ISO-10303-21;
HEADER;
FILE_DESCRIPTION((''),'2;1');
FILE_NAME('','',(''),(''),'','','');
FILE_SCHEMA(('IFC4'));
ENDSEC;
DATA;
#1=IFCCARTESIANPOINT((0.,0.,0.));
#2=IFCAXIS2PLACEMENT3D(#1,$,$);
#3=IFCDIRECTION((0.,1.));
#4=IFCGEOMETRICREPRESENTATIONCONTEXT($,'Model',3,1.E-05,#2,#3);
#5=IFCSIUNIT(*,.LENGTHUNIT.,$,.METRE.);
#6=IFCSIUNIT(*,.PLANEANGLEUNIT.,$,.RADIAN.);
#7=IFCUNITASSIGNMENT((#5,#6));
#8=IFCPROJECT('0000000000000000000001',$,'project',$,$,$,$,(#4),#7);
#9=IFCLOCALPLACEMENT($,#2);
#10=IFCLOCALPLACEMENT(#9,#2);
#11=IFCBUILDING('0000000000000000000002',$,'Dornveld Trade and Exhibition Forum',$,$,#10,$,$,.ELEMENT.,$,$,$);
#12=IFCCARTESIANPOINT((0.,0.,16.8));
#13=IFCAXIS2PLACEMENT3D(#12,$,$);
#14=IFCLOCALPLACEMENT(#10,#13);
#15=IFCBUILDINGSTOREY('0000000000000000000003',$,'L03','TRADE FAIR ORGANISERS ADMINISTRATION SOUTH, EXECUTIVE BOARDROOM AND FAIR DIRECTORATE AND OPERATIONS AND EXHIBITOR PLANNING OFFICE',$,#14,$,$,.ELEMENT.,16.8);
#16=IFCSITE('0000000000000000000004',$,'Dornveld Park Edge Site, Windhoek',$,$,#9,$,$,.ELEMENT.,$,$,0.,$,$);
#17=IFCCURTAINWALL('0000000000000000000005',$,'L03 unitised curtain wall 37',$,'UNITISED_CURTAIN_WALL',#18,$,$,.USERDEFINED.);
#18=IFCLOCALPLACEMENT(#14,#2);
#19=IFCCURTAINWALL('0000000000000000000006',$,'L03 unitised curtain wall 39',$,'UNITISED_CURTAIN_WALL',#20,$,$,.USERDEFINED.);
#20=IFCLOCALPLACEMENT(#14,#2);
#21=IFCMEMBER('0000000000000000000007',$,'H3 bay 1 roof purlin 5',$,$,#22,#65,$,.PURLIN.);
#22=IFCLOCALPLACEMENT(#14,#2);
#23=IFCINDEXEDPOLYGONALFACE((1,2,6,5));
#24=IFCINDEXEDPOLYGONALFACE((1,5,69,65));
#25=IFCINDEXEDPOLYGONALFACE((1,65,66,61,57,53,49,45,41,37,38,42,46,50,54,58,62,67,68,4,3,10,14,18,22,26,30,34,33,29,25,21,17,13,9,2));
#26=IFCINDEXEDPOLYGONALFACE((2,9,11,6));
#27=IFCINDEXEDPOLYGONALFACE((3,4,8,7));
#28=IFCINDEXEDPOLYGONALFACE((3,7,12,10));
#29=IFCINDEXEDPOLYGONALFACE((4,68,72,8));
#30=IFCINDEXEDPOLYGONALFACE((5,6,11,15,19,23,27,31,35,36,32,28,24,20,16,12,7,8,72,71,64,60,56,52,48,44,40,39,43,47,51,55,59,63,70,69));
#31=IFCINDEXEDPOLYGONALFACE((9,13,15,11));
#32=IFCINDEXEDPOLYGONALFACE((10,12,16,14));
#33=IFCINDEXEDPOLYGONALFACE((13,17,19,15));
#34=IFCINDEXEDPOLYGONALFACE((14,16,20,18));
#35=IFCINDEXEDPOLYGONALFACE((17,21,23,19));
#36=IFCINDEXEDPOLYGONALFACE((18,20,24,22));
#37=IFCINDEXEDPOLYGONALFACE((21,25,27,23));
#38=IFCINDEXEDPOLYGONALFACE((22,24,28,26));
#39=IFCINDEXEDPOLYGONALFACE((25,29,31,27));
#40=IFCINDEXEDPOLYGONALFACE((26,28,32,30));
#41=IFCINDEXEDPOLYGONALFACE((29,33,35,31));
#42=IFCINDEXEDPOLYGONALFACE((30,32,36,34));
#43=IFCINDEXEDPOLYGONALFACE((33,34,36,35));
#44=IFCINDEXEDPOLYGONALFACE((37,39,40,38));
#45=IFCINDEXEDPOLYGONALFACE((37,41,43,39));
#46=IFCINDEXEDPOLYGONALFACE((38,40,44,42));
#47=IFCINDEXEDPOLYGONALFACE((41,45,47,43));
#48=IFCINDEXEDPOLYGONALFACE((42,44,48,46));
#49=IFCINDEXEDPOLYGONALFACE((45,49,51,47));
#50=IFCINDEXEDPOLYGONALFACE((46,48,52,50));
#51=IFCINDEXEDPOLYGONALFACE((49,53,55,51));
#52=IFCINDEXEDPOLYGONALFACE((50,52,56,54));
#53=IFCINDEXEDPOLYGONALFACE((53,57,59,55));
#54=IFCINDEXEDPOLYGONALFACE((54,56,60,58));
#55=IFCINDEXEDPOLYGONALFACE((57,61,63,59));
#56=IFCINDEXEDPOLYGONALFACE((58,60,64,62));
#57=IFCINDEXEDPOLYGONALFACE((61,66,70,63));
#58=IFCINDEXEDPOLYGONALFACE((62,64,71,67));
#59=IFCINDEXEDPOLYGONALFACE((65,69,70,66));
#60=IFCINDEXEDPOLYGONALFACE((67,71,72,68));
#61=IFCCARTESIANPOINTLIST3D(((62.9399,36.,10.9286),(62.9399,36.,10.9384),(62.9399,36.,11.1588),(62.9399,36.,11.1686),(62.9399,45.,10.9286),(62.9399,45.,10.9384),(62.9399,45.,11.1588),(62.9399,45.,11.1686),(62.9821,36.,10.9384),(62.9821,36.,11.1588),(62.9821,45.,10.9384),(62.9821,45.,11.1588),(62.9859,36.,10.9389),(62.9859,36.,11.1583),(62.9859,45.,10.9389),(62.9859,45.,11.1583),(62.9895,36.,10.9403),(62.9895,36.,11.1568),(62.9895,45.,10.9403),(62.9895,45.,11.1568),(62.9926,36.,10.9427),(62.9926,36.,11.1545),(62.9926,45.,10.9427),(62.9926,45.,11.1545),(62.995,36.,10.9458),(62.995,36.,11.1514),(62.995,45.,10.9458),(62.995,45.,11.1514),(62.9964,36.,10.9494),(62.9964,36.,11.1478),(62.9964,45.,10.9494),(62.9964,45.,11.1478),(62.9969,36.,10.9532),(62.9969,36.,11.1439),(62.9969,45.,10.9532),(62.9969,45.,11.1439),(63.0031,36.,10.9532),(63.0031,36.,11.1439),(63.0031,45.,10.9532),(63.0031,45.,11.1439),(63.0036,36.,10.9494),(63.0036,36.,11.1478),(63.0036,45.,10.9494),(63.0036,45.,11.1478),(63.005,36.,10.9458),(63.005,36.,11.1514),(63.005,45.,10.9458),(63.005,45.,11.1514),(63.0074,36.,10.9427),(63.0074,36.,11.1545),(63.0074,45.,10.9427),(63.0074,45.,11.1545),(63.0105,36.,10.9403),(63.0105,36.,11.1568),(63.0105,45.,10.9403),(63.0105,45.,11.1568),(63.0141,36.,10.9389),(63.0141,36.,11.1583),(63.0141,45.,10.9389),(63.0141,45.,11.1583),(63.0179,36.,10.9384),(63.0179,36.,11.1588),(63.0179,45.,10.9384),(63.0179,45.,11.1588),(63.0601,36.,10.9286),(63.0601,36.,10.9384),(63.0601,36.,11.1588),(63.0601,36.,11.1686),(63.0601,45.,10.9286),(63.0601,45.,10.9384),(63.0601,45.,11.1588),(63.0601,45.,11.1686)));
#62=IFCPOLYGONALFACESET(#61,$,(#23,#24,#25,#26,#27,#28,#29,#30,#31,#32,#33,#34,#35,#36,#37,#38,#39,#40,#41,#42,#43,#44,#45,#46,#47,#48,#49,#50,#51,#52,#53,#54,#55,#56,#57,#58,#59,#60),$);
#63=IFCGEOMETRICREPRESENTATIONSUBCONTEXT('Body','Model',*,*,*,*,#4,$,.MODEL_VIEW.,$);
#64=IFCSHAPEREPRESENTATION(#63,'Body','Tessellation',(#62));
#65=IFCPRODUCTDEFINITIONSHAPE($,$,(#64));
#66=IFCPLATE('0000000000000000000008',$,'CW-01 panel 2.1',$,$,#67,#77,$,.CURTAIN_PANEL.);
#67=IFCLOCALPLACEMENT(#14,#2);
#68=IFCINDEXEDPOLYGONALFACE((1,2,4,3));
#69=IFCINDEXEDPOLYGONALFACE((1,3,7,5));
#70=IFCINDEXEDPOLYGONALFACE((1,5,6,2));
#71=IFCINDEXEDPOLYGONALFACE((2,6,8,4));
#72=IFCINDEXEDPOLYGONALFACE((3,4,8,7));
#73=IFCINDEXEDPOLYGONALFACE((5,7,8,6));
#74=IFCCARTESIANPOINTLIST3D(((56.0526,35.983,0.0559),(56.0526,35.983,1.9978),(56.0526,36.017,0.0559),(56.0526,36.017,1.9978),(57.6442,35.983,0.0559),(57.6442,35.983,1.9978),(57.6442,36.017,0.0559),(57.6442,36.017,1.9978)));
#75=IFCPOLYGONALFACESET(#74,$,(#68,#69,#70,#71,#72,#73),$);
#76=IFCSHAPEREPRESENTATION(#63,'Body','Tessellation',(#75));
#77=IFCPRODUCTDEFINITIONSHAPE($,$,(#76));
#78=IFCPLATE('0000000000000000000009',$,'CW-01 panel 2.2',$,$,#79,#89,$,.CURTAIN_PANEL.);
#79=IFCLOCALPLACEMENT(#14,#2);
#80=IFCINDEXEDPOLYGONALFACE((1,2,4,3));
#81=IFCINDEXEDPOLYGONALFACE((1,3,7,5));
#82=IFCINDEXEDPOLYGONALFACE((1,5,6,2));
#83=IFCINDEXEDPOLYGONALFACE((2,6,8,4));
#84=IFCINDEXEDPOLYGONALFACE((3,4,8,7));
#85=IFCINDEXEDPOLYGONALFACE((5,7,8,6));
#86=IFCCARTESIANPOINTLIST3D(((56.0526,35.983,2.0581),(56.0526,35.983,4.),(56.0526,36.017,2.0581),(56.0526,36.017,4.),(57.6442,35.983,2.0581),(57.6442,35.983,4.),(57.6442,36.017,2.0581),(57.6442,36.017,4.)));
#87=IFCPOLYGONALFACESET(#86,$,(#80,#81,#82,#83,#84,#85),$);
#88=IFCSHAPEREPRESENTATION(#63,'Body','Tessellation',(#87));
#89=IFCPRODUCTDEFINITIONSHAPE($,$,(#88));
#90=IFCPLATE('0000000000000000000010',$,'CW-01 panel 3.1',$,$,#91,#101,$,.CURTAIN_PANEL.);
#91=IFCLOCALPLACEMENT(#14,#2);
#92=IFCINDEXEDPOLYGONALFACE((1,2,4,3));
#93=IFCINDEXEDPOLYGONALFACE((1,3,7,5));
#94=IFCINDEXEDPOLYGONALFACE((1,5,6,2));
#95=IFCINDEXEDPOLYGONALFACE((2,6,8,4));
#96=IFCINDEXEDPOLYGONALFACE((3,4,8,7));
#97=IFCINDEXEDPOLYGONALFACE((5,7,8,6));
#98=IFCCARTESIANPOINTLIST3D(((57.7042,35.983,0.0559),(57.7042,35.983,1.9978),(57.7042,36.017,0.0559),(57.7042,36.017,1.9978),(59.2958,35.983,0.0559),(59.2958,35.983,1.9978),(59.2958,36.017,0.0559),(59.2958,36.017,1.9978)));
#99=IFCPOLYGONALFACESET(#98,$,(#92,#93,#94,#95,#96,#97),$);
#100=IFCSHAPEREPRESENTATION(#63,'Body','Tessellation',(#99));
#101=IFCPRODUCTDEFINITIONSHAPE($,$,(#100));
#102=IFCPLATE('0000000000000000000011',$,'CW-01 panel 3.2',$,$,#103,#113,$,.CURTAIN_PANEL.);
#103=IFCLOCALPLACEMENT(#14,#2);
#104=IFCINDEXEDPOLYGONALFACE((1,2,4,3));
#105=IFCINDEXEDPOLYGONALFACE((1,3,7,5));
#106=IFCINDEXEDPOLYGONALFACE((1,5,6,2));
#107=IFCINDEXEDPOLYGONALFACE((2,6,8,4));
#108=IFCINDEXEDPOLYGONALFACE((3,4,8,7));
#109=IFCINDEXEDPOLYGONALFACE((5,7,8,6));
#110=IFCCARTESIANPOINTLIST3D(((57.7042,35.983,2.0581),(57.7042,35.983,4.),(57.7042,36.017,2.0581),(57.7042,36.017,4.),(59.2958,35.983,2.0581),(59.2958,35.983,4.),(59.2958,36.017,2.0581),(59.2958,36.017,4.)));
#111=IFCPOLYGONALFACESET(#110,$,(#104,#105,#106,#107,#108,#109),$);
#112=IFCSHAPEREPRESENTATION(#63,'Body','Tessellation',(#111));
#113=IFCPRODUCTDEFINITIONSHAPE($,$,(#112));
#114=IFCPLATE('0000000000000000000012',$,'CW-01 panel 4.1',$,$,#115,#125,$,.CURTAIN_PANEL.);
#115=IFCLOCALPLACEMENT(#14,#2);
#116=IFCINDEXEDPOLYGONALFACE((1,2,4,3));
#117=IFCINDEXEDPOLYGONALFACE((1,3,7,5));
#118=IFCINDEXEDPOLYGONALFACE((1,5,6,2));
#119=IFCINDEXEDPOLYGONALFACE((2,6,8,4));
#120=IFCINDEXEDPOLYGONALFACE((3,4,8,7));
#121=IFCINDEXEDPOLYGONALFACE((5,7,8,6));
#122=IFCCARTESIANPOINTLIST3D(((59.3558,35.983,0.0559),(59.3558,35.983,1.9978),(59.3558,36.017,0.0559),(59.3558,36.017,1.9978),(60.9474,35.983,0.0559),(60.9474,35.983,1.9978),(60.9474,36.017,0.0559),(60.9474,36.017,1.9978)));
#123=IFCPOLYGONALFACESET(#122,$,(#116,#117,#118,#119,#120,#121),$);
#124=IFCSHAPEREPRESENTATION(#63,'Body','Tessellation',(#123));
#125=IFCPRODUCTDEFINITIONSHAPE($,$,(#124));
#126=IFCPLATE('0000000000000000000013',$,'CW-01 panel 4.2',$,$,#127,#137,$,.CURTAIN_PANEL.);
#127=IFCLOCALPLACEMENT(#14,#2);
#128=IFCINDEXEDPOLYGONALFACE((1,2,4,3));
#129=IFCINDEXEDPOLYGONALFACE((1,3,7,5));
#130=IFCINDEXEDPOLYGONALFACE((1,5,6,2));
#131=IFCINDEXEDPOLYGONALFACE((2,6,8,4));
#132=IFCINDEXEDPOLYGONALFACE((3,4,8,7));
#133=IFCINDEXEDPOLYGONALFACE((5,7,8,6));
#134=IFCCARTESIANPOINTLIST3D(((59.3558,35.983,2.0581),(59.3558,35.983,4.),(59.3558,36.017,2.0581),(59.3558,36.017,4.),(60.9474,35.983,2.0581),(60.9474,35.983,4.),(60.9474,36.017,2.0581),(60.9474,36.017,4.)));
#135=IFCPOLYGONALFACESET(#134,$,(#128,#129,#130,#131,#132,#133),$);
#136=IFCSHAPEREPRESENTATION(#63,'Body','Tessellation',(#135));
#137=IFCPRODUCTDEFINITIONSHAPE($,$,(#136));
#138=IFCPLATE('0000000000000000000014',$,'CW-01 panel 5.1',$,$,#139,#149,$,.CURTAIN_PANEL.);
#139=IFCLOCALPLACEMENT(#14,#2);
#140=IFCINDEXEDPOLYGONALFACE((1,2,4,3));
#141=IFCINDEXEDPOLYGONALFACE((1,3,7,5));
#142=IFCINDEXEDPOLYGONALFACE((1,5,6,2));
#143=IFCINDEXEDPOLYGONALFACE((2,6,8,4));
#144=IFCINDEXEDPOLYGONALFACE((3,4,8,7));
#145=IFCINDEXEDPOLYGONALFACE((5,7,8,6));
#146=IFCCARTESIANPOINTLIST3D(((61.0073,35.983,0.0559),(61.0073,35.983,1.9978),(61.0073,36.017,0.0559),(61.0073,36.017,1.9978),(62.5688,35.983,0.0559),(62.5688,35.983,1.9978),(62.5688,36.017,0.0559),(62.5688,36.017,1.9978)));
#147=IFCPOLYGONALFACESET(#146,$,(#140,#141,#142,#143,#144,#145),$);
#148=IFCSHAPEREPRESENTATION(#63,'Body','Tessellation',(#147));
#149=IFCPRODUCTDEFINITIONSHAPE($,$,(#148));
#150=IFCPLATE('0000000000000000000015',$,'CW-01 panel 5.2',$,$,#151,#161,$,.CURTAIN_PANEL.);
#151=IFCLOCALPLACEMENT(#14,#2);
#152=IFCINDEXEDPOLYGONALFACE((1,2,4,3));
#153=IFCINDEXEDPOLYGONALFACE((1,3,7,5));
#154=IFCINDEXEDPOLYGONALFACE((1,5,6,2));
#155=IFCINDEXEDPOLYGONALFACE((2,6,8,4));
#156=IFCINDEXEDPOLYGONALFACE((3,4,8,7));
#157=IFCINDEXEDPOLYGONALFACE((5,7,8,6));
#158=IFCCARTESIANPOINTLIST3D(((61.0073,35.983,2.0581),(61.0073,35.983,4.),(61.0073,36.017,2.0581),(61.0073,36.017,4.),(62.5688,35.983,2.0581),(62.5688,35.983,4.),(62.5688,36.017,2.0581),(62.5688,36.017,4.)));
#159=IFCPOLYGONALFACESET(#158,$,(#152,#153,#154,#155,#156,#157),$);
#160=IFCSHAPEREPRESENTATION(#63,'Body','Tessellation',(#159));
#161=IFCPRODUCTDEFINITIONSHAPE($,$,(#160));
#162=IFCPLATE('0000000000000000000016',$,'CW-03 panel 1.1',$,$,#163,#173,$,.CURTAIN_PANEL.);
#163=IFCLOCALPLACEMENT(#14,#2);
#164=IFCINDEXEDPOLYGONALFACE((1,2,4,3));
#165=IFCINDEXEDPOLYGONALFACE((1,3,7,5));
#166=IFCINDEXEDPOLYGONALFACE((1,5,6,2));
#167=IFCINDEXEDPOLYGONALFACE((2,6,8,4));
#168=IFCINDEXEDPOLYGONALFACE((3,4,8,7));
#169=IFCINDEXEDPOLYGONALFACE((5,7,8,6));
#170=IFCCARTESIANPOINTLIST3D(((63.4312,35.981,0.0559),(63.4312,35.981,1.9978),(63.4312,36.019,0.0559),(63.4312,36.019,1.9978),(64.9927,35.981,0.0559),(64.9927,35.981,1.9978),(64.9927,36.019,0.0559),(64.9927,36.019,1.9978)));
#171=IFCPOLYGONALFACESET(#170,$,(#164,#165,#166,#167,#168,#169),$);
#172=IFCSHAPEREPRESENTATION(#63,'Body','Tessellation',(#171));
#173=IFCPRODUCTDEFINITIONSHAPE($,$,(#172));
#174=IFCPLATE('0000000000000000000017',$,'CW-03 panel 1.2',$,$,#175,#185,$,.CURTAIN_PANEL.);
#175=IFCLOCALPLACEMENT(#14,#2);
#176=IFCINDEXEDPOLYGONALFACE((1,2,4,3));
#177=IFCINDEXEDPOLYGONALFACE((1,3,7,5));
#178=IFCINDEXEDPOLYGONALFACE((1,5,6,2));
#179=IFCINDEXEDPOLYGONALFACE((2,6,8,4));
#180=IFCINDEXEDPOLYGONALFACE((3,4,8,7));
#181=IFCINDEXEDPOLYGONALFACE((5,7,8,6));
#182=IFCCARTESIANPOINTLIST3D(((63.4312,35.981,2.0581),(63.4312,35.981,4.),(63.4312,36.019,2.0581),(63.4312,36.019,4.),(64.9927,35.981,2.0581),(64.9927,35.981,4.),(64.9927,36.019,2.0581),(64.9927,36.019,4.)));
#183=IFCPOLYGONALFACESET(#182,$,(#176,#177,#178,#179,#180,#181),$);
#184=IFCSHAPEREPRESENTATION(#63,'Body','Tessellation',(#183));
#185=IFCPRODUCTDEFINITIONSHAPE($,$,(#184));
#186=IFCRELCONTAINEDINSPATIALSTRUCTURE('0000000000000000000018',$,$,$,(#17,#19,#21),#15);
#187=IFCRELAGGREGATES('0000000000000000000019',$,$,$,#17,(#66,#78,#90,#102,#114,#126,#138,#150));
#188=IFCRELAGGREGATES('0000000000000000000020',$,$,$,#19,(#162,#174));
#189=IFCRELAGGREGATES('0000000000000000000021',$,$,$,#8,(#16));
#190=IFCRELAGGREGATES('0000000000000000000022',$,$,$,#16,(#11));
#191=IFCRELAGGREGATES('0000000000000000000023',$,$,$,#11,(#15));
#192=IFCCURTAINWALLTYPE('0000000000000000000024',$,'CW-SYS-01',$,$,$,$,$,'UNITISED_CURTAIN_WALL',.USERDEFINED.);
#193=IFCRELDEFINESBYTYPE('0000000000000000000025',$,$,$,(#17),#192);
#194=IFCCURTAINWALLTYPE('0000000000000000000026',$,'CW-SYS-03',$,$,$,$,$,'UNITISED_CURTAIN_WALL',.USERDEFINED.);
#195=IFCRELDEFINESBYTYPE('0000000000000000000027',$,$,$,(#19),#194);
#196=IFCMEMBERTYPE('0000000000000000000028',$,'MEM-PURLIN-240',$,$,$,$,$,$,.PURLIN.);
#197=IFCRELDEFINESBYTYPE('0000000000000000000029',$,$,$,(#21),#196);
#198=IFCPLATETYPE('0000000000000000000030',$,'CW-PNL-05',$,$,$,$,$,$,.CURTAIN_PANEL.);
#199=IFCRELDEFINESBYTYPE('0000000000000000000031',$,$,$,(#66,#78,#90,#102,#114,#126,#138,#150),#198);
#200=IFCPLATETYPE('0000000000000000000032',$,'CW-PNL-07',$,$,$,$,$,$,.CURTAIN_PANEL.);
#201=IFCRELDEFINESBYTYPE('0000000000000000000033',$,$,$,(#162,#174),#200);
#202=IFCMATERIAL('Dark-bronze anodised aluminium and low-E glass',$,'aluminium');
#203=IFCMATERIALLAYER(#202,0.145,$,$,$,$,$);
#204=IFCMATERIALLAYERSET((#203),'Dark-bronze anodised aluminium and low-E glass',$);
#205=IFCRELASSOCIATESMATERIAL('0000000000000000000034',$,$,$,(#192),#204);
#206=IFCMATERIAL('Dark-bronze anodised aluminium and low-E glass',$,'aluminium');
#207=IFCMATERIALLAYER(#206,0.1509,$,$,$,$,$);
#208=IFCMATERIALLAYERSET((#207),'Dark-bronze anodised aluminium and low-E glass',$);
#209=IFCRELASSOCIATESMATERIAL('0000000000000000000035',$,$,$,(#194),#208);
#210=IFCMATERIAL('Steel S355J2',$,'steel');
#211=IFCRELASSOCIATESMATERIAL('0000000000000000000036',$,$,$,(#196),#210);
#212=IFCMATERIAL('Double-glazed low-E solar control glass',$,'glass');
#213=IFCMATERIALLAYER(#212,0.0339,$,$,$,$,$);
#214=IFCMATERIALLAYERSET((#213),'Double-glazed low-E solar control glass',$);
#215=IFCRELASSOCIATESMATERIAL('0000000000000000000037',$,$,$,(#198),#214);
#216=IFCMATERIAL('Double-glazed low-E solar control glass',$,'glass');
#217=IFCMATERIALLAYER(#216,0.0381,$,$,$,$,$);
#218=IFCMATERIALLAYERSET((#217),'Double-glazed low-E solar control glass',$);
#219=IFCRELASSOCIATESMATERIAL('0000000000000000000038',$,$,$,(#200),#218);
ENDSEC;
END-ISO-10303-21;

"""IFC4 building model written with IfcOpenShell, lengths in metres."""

from ifc_helpers import new_model, si_unit, direction, frame, origin, origin_2d, place, context, subcontext, project, spatial, rectangle, i_section, extrude, material, layer, layer_set, material_profile, profile_set, type_object, element, aggregate, save


model = new_model("IFC4")

# Units and contexts
model_context = context("Model", 3, precision=1e-05, world=origin(), true_north=direction((0.0, 1.0)))
body_context = subcontext(model_context, "Body", "Model", "MODEL_VIEW")
ifc_project = project(units=[si_unit("LENGTHUNIT", "METRE"), si_unit("PLANEANGLEUNIT", "RADIAN")], contexts=[model_context])

# Site, building, storey
site_placement = place(None, origin())
site = spatial("IfcSite", under=ifc_project, at=site_placement, Name="Dornveld Park Edge Site, Windhoek", CompositionType="ELEMENT", RefElevation=0.0)
building_placement = place(site_placement, origin())
building = spatial("IfcBuilding", under=site, at=building_placement, Name="Dornveld Trade and Exhibition Forum", CompositionType="ELEMENT")
storey_placement = place(building_placement, frame((0.0, 0.0, 16.8)))
storey = spatial("IfcBuildingStorey", under=building, at=storey_placement, Name="L03", Description="TRADE FAIR ORGANISERS ADMINISTRATION SOUTH, EXECUTIVE BOARDROOM AND FAIR DIRECTORATE AND OPERATIONS AND EXHIBITOR PLANNING OFFICE", CompositionType="ELEMENT", Elevation=16.8)

# Curtain wall
ifc_material_1 = material(Name="Dark-bronze anodised aluminium and low-E glass", Category="aluminium")
ifc_layer_1 = layer(ifc_material_1, 0.145)
ifc_layer_set_1 = layer_set([ifc_layer_1], Name="Dark-bronze anodised aluminium and low-E glass")
curtain_wall_type_1 = type_object("IfcCurtainWallType", Name="CW-SYS-01", ElementType="UNITISED_CURTAIN_WALL", PredefinedType="USERDEFINED", material=ifc_layer_set_1)
curtain_wall_1_placement = place(storey_placement, origin())
curtain_wall_1 = element("IfcCurtainWall", 1, at=curtain_wall_1_placement, inside=storey, type_object=curtain_wall_type_1, Name="L03 unitised curtain wall 37", ObjectType="UNITISED_CURTAIN_WALL", PredefinedType="USERDEFINED")

# Curtain wall
ifc_material_2 = material(Name="Dark-bronze anodised aluminium and low-E glass", Category="aluminium")
ifc_layer_2 = layer(ifc_material_2, 0.1509)
ifc_layer_set_2 = layer_set([ifc_layer_2], Name="Dark-bronze anodised aluminium and low-E glass")
curtain_wall_type_2 = type_object("IfcCurtainWallType", Name="CW-SYS-03", ElementType="UNITISED_CURTAIN_WALL", PredefinedType="USERDEFINED", material=ifc_layer_set_2)
curtain_wall_2_placement = place(storey_placement, origin())
curtain_wall_2 = element("IfcCurtainWall", 2, at=curtain_wall_2_placement, inside=storey, type_object=curtain_wall_type_2, Name="L03 unitised curtain wall 39", ObjectType="UNITISED_CURTAIN_WALL", PredefinedType="USERDEFINED")

# Member
ifc_material_3 = material(Name="Steel S355J2", Category="steel")
ifc_material_profile_1 = material_profile(ifc_material_3, i_section(OverallWidth=0.1201, OverallDepth=0.24, WebThickness=0.0061, FlangeThickness=0.0098, FilletRadius=0.0149, at=origin_2d()), Name="IPE 240")
ifc_profile_set_1 = profile_set([ifc_material_profile_1], Name="Steel S355J2")
member_type_1 = type_object("IfcMemberType", Name="MEM-PURLIN-240", PredefinedType="PURLIN", material=ifc_profile_set_1)
member_1_placement = place(storey_placement, frame((63.0, 36.0, 11.0486), z_axis=(0.0, 1.0, 0.0), x_axis=(-1.0, 0.0, 0.0)))
element("IfcMember", 3, at=member_1_placement, inside=storey, type_object=member_type_1, Name="H3 bay 1 roof purlin 5", PredefinedType="PURLIN", context=body_context, shape_type="SweptSolid", body=[
    extrude(i_section(OverallWidth=0.1201, OverallDepth=0.24, WebThickness=0.0061, FlangeThickness=0.0098, FilletRadius=0.0149, at=origin_2d()), origin(), (0.0, 0.0, 1.0), 9.0),
])

# Plates
ifc_material_4 = material(Name="Double-glazed low-E solar control glass", Category="glass")
ifc_layer_3 = layer(ifc_material_4, 0.0339)
ifc_layer_set_3 = layer_set([ifc_layer_3], Name="Double-glazed low-E solar control glass")
plate_type_1 = type_object("IfcPlateType", Name="CW-PNL-05", PredefinedType="CURTAIN_PANEL", material=ifc_layer_set_3)
plate_1_placement = place(storey_placement, frame((56.8484, 36.0, 0.0559), z_axis=(0.0, 0.0, 1.0), x_axis=(1.0, 0.0, 0.0)))
plate_1 = element("IfcPlate", 4, at=plate_1_placement, type_object=plate_type_1, Name="CW-01 panel 2.1", PredefinedType="CURTAIN_PANEL", context=body_context, shape_type="SweptSolid", body=[
    extrude(rectangle(XDim=1.5916, YDim=0.0339, at=origin_2d()), origin(), (0.0, 0.0, 1.0), 1.9419),
])
plate_2_placement = place(storey_placement, frame((56.8484, 36.0, 2.0581), z_axis=(0.0, 0.0, 1.0), x_axis=(1.0, 0.0, 0.0)))
plate_2 = element("IfcPlate", 5, at=plate_2_placement, type_object=plate_type_1, Name="CW-01 panel 2.2", PredefinedType="CURTAIN_PANEL", context=body_context, shape_type="SweptSolid", body=[
    extrude(rectangle(XDim=1.5916, YDim=0.0339, at=origin_2d()), origin(), (0.0, 0.0, 1.0), 1.9419),
])
plate_3_placement = place(storey_placement, frame((58.5, 36.0, 0.0559), z_axis=(0.0, 0.0, 1.0), x_axis=(1.0, 0.0, 0.0)))
plate_3 = element("IfcPlate", 6, at=plate_3_placement, type_object=plate_type_1, Name="CW-01 panel 3.1", PredefinedType="CURTAIN_PANEL", context=body_context, shape_type="SweptSolid", body=[
    extrude(rectangle(XDim=1.5916, YDim=0.0339, at=origin_2d()), origin(), (0.0, 0.0, 1.0), 1.9419),
])
plate_4_placement = place(storey_placement, frame((58.5, 36.0, 2.0581), z_axis=(0.0, 0.0, 1.0), x_axis=(1.0, 0.0, 0.0)))
plate_4 = element("IfcPlate", 7, at=plate_4_placement, type_object=plate_type_1, Name="CW-01 panel 3.2", PredefinedType="CURTAIN_PANEL", context=body_context, shape_type="SweptSolid", body=[
    extrude(rectangle(XDim=1.5916, YDim=0.0339, at=origin_2d()), origin(), (0.0, 0.0, 1.0), 1.9419),
])
plate_5_placement = place(storey_placement, frame((60.1516, 36.0, 0.0559), z_axis=(0.0, 0.0, 1.0), x_axis=(1.0, 0.0, 0.0)))
plate_5 = element("IfcPlate", 8, at=plate_5_placement, type_object=plate_type_1, Name="CW-01 panel 4.1", PredefinedType="CURTAIN_PANEL", context=body_context, shape_type="SweptSolid", body=[
    extrude(rectangle(XDim=1.5916, YDim=0.0339, at=origin_2d()), origin(), (0.0, 0.0, 1.0), 1.9419),
])
plate_6_placement = place(storey_placement, frame((60.1516, 36.0, 2.0581), z_axis=(0.0, 0.0, 1.0), x_axis=(1.0, 0.0, 0.0)))
plate_6 = element("IfcPlate", 9, at=plate_6_placement, type_object=plate_type_1, Name="CW-01 panel 4.2", PredefinedType="CURTAIN_PANEL", context=body_context, shape_type="SweptSolid", body=[
    extrude(rectangle(XDim=1.5916, YDim=0.0339, at=origin_2d()), origin(), (0.0, 0.0, 1.0), 1.9419),
])
plate_7_placement = place(storey_placement, frame((61.7881, 36.0, 0.0559), z_axis=(0.0, 0.0, 1.0), x_axis=(1.0, 0.0, 0.0)))
plate_7 = element("IfcPlate", 10, at=plate_7_placement, type_object=plate_type_1, Name="CW-01 panel 5.1", PredefinedType="CURTAIN_PANEL", context=body_context, shape_type="SweptSolid", body=[
    extrude(rectangle(XDim=1.5615, YDim=0.0339, at=origin_2d()), origin(), (0.0, 0.0, 1.0), 1.9419),
])
plate_8_placement = place(storey_placement, frame((61.7881, 36.0, 2.0581), z_axis=(0.0, 0.0, 1.0), x_axis=(1.0, 0.0, 0.0)))
plate_8 = element("IfcPlate", 11, at=plate_8_placement, type_object=plate_type_1, Name="CW-01 panel 5.2", PredefinedType="CURTAIN_PANEL", context=body_context, shape_type="SweptSolid", body=[
    extrude(rectangle(XDim=1.5615, YDim=0.0339, at=origin_2d()), origin(), (0.0, 0.0, 1.0), 1.9419),
])
aggregate(curtain_wall_1, [plate_1, plate_2, plate_3, plate_4, plate_5, plate_6, plate_7, plate_8])
ifc_material_5 = material(Name="Double-glazed low-E solar control glass", Category="glass")
ifc_layer_4 = layer(ifc_material_5, 0.0381)
ifc_layer_set_4 = layer_set([ifc_layer_4], Name="Double-glazed low-E solar control glass")
plate_type_2 = type_object("IfcPlateType", Name="CW-PNL-07", PredefinedType="CURTAIN_PANEL", material=ifc_layer_set_4)
plate_9_placement = place(storey_placement, frame((64.2119, 36.0, 0.0559), z_axis=(0.0, 0.0, 1.0), x_axis=(1.0, 0.0, 0.0)))
plate_9 = element("IfcPlate", 12, at=plate_9_placement, type_object=plate_type_2, Name="CW-03 panel 1.1", PredefinedType="CURTAIN_PANEL", context=body_context, shape_type="SweptSolid", body=[
    extrude(rectangle(XDim=1.5615, YDim=0.0381, at=origin_2d()), origin(), (0.0, 0.0, 1.0), 1.9419),
])
plate_10_placement = place(storey_placement, frame((64.2119, 36.0, 2.0581), z_axis=(0.0, 0.0, 1.0), x_axis=(1.0, 0.0, 0.0)))
plate_10 = element("IfcPlate", 13, at=plate_10_placement, type_object=plate_type_2, Name="CW-03 panel 1.2", PredefinedType="CURTAIN_PANEL", context=body_context, shape_type="SweptSolid", body=[
    extrude(rectangle(XDim=1.5615, YDim=0.0381, at=origin_2d()), origin(), (0.0, 0.0, 1.0), 1.9419),
])
aggregate(curtain_wall_2, [plate_9, plate_10])

save(model, "model.ifc")
